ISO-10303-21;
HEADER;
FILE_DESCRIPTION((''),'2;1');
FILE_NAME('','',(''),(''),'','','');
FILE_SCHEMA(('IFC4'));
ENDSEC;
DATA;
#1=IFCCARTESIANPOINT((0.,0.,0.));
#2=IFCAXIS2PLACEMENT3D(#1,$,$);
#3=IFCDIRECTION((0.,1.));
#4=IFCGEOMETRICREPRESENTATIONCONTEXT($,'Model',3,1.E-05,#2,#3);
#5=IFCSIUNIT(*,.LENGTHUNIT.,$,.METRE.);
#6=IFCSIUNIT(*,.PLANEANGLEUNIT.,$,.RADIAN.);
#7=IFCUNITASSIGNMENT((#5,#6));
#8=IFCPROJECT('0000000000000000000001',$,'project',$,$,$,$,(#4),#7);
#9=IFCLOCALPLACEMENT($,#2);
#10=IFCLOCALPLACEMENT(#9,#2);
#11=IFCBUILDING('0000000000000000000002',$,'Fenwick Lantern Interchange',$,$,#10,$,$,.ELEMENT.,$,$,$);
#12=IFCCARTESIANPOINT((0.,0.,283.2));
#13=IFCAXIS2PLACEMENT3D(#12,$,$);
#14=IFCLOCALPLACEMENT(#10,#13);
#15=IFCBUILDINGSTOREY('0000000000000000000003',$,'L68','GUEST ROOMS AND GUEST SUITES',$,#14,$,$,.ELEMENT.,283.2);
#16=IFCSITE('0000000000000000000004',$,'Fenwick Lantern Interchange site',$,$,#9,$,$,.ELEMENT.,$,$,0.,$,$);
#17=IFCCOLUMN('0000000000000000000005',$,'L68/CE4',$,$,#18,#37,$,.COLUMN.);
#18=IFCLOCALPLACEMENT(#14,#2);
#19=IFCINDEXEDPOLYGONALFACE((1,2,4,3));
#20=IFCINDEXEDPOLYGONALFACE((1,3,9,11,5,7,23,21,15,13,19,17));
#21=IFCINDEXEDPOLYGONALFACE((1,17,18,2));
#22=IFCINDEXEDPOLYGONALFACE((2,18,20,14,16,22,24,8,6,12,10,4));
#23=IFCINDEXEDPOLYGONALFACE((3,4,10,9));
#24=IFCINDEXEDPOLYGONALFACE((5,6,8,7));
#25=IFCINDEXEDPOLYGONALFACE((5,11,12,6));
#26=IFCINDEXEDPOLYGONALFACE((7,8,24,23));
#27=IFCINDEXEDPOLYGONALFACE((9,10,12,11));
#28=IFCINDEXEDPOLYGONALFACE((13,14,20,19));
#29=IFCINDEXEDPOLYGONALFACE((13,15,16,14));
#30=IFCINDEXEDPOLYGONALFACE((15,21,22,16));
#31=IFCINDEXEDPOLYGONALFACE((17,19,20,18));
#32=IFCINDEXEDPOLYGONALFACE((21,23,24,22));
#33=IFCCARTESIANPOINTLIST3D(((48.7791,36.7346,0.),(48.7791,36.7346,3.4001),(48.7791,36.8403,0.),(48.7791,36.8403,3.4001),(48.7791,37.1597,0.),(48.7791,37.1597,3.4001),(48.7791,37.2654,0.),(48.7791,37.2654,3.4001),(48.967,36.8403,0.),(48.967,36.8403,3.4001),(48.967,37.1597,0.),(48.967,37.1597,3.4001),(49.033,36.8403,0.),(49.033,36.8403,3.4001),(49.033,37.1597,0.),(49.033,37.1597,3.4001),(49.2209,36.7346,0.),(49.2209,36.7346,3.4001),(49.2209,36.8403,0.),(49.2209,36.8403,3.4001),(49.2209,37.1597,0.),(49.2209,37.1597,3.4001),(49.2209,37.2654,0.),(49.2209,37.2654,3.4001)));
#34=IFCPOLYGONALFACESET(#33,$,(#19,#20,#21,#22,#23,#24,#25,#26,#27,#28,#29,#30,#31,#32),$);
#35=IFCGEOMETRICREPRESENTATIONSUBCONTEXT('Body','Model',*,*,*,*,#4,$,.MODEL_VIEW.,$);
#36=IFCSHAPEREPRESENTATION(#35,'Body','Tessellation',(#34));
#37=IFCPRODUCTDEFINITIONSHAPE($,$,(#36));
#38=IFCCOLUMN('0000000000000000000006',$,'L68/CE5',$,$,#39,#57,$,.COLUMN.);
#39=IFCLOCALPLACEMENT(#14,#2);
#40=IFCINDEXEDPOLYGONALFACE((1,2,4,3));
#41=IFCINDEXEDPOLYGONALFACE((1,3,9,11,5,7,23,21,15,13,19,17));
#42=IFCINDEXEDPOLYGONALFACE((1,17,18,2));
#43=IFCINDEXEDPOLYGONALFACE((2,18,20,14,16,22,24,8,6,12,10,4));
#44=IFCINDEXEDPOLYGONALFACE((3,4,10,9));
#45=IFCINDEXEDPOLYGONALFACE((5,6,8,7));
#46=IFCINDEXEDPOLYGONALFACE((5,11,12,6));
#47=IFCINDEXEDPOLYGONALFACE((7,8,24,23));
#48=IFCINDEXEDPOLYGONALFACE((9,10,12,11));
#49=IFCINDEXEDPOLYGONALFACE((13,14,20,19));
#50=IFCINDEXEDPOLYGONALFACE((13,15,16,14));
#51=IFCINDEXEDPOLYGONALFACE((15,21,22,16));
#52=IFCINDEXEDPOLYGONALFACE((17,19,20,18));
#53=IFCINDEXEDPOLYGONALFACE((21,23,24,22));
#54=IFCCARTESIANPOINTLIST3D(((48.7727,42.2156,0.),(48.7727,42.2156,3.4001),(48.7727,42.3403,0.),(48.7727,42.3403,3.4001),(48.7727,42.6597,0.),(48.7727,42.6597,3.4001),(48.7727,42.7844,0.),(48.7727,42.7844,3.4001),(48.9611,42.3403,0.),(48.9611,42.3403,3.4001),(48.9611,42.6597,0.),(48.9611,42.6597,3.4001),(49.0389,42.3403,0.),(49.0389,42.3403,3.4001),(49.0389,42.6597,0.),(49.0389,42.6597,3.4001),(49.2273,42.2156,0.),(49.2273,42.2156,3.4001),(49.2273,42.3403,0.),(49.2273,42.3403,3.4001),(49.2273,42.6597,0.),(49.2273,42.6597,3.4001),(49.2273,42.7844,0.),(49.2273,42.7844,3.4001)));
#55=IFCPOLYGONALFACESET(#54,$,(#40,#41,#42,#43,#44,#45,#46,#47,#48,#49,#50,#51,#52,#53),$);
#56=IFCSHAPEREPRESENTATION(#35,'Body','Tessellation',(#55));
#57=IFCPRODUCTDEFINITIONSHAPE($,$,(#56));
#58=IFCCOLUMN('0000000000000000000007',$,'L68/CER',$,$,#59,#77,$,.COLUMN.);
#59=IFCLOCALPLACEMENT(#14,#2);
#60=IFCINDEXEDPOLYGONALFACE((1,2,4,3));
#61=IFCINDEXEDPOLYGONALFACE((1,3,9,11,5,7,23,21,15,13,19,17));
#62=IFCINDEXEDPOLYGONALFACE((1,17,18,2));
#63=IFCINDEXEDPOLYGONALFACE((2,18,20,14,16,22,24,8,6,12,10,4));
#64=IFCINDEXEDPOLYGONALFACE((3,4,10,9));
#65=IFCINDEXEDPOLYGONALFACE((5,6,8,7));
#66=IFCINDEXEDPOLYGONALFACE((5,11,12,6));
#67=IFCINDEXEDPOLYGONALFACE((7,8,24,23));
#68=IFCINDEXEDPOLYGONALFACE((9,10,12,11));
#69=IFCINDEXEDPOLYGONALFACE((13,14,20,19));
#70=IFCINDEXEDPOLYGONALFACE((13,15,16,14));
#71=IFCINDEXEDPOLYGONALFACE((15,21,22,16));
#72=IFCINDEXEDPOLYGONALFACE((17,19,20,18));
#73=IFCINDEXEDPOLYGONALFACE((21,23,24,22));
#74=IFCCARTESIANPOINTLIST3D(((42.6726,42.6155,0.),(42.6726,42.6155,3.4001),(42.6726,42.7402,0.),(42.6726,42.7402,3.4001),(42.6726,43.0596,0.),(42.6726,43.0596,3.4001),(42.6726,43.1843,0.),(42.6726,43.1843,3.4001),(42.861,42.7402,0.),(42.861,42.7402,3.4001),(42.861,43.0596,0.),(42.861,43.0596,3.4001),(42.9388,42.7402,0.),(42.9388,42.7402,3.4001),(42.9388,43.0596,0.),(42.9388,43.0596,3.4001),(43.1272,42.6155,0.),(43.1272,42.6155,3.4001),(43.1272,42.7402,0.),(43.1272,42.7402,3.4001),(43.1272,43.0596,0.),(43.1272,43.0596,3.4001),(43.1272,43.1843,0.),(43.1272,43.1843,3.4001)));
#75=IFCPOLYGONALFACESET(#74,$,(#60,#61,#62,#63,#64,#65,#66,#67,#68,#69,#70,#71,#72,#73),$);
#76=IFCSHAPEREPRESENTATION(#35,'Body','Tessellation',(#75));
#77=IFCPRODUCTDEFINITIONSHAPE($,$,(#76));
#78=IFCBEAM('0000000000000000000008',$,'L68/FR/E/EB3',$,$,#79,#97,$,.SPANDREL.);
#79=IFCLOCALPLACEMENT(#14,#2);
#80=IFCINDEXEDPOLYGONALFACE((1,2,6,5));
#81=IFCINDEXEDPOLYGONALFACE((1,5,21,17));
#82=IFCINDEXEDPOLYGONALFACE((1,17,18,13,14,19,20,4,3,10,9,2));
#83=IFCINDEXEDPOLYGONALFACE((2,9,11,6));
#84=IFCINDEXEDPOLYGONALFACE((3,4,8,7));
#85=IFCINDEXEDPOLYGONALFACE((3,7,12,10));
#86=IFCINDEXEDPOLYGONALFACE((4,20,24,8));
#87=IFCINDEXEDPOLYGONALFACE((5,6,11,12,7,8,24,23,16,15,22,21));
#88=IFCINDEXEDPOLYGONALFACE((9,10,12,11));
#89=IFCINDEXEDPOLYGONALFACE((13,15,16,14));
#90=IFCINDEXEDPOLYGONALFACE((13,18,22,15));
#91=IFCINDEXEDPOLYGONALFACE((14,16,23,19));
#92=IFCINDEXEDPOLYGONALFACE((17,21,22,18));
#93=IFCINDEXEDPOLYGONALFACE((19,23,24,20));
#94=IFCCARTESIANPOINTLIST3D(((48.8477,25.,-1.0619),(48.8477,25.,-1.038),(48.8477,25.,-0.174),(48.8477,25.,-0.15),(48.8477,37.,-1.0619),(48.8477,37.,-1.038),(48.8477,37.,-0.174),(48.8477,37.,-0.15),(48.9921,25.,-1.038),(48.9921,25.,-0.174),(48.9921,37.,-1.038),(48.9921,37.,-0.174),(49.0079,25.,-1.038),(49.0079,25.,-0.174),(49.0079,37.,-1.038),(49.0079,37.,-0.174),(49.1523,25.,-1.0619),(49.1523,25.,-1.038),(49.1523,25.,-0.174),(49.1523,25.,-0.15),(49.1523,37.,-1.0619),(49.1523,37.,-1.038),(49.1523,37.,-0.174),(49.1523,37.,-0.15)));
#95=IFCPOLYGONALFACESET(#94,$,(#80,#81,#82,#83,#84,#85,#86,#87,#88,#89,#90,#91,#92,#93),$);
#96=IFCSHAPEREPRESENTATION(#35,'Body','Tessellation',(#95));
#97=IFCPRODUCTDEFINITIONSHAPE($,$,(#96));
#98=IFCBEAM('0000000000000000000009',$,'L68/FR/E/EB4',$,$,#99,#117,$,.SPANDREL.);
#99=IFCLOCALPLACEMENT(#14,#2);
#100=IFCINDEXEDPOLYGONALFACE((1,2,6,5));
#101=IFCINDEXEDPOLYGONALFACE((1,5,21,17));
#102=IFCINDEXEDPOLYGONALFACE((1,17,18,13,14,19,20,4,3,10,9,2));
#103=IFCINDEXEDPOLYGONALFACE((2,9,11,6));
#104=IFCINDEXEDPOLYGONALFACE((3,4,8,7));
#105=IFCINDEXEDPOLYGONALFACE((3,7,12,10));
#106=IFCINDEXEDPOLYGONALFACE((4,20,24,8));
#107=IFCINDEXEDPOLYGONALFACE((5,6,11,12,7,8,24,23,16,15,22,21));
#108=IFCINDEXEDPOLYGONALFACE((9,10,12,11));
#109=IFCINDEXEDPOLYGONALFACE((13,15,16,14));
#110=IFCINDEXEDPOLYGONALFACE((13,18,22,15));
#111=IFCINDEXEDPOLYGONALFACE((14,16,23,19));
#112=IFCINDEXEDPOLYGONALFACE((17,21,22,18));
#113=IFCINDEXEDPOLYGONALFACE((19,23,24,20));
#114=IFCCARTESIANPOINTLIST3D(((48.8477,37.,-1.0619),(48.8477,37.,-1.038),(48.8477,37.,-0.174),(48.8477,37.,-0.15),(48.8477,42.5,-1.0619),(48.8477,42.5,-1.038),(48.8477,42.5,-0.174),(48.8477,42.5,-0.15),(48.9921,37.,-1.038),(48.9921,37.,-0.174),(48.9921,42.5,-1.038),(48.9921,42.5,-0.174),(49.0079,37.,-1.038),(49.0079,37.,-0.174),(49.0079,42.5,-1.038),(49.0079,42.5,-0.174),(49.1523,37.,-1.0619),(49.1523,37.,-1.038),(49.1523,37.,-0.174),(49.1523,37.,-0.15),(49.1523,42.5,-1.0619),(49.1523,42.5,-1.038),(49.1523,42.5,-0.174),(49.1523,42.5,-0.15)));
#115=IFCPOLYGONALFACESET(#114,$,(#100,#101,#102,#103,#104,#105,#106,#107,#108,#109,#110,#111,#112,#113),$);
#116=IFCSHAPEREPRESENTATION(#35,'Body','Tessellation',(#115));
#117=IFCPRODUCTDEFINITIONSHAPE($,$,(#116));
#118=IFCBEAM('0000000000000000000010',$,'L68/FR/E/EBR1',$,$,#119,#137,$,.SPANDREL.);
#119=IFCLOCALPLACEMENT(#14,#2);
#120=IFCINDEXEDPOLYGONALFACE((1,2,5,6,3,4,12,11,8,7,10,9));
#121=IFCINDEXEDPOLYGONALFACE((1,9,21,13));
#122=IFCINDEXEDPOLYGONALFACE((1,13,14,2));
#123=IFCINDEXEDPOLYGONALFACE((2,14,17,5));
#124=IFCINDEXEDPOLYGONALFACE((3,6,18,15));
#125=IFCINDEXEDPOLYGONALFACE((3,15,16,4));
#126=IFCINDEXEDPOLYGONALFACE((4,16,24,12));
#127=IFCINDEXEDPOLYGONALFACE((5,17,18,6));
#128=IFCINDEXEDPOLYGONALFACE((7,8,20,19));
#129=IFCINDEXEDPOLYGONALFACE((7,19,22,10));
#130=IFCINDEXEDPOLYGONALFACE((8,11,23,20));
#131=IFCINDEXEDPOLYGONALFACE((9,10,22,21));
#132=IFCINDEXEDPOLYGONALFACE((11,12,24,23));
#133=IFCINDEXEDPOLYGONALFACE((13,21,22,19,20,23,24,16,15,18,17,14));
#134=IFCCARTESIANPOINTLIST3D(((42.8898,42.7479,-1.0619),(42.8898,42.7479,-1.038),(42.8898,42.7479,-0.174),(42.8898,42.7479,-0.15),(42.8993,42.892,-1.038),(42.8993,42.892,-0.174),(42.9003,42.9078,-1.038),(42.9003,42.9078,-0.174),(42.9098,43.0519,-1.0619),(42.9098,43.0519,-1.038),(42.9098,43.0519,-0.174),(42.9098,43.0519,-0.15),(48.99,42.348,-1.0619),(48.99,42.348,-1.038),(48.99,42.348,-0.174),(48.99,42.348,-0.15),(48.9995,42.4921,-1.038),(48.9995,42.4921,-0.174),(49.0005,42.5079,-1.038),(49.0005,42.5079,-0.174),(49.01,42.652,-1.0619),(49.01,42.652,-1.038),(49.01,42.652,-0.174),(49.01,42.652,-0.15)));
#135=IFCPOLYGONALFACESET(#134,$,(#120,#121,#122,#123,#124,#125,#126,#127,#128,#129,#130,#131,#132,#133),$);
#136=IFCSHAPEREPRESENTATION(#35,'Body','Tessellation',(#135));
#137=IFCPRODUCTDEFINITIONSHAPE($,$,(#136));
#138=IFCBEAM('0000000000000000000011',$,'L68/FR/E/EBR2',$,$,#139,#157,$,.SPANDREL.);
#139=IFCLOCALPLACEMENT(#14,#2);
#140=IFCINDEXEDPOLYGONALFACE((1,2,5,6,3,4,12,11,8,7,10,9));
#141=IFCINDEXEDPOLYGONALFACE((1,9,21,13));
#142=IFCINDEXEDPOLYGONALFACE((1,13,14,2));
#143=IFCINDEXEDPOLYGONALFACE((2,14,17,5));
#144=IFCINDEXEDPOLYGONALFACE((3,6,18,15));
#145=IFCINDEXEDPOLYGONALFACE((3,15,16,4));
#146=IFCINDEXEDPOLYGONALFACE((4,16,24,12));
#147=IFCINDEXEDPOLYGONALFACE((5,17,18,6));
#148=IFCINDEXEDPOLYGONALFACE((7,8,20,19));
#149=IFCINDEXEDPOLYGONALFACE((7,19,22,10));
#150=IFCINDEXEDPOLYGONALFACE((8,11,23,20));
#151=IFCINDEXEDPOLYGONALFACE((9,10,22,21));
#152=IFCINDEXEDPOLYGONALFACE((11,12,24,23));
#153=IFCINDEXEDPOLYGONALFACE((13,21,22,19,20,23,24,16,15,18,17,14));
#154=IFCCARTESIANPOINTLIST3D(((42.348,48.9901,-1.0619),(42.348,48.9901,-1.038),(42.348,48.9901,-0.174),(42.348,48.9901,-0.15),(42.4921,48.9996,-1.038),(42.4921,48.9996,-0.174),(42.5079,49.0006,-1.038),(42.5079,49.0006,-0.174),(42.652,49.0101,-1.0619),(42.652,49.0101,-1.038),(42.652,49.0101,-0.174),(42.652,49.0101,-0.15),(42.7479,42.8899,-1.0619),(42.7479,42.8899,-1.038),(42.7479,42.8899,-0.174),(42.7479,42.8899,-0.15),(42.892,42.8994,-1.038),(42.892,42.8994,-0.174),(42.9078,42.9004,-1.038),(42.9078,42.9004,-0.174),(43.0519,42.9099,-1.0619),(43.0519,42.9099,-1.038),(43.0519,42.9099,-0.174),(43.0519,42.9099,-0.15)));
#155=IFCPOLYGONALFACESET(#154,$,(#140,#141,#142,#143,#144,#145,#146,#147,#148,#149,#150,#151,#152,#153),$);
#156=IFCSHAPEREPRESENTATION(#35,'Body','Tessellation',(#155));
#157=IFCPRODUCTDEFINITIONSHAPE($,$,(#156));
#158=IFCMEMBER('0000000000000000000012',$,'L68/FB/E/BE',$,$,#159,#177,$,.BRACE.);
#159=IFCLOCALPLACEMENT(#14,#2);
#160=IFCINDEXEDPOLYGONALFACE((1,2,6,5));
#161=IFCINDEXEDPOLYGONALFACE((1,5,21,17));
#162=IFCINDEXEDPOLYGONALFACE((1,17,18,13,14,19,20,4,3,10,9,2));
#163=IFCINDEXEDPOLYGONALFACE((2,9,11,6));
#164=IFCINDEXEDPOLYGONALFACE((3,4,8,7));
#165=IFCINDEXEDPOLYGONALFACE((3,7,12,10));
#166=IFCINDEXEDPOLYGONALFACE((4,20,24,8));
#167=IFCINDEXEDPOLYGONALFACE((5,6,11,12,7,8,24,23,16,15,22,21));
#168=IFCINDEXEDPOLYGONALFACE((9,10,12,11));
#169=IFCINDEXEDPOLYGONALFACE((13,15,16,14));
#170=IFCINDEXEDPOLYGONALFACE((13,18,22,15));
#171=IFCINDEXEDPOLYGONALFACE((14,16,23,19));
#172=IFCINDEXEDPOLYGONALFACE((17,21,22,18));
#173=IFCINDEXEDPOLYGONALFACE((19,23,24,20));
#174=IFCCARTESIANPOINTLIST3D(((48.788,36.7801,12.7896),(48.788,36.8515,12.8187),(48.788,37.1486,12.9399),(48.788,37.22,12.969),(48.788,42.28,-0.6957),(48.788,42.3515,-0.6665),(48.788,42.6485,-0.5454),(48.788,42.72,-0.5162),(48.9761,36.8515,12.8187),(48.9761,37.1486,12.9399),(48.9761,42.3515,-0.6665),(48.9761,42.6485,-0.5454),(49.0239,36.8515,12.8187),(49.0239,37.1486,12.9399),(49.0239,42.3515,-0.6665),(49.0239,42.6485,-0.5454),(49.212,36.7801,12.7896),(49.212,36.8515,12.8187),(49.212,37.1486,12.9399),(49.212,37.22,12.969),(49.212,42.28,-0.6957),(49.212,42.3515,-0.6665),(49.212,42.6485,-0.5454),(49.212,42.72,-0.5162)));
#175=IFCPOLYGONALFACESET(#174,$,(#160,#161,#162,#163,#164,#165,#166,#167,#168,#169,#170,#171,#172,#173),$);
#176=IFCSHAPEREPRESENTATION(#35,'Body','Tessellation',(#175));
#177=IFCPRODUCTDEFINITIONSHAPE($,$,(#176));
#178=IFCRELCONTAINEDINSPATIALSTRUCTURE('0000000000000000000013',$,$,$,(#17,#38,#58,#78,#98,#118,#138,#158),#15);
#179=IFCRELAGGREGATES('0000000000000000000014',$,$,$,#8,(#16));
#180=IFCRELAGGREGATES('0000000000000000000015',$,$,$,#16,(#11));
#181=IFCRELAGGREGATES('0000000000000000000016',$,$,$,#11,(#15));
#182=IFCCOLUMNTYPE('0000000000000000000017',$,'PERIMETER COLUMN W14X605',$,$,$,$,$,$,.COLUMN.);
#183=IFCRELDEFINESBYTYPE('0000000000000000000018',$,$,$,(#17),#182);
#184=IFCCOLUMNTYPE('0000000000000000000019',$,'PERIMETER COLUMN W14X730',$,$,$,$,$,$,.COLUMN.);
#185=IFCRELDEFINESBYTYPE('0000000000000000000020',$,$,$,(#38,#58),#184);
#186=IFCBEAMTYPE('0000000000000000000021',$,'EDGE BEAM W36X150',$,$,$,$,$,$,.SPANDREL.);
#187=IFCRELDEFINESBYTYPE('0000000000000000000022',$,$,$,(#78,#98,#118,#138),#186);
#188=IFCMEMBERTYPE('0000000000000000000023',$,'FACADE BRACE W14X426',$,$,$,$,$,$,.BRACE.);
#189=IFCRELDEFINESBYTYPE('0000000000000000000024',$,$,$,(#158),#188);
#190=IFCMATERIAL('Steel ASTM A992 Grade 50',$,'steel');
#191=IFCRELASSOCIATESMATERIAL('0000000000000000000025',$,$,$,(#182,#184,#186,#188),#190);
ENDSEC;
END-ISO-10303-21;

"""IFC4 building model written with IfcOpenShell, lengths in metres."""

from ifc_helpers import new_model, si_unit, direction, frame, origin, origin_2d, place, context, subcontext, project, spatial, i_section, extrude, material, material_profile, profile_set, type_object, element, save


model = new_model("IFC4")

# Units and contexts
model_context = context("Model", 3, precision=1e-05, world=origin(), true_north=direction((0.0, 1.0)))
body_context = subcontext(model_context, "Body", "Model", "MODEL_VIEW")
ifc_project = project(units=[si_unit("LENGTHUNIT", "METRE"), si_unit("PLANEANGLEUNIT", "RADIAN")], contexts=[model_context])

# Site, building, storey
site_placement = place(None, origin())
site = spatial("IfcSite", under=ifc_project, at=site_placement, Name="Fenwick Lantern Interchange site", CompositionType="ELEMENT", RefElevation=0.0)
building_placement = place(site_placement, origin())
building = spatial("IfcBuilding", under=site, at=building_placement, Name="Fenwick Lantern Interchange", CompositionType="ELEMENT")
storey_placement = place(building_placement, frame((0.0, 0.0, 283.2)))
storey = spatial("IfcBuildingStorey", under=building, at=storey_placement, Name="L68", Description="GUEST ROOMS AND GUEST SUITES", CompositionType="ELEMENT", Elevation=283.2)

# Columns
ifc_material_1 = material(Name="Steel ASTM A992 Grade 50", Category="steel")
ifc_material_profile_1 = material_profile(ifc_material_1, i_section(OverallWidth=0.4419, OverallDepth=0.5308, WebThickness=0.0659, FlangeThickness=0.1057, at=origin_2d()), Name="W14X605")
ifc_profile_set_1 = profile_set([ifc_material_profile_1], Name="Steel ASTM A992 Grade 50")
column_type_1 = type_object("IfcColumnType", Name="PERIMETER COLUMN W14X605", PredefinedType="COLUMN", material=ifc_profile_set_1)
column_placement = place(storey_placement, frame((49.0, 37.0, 0.0), z_axis=(0.0, 0.0, 1.0), x_axis=(1.0, 0.0, 0.0)))
element("IfcColumn", 1, at=column_placement, inside=storey, type_object=column_type_1, Name="L68/CE4", PredefinedType="COLUMN", context=body_context, shape_type="SweptSolid", body=[
    extrude(i_section(OverallWidth=0.4419, OverallDepth=0.5308, WebThickness=0.0659, FlangeThickness=0.1057, at=origin_2d()), origin(), (0.0, 0.0, 1.0), 3.4001),
])
ifc_material_profile_2 = material_profile(ifc_material_1, i_section(OverallWidth=0.4546, OverallDepth=0.5688, WebThickness=0.0779, FlangeThickness=0.1248, at=origin_2d()), Name="W14X730")
ifc_profile_set_2 = profile_set([ifc_material_profile_2], Name="Steel ASTM A992 Grade 50")
column_type_2 = type_object("IfcColumnType", Name="PERIMETER COLUMN W14X730", PredefinedType="COLUMN", material=ifc_profile_set_2)
for number, where, z_axis, x_axis, name in (
    (2, (49.0, 42.5, 0.0), (0.0, 0.0, 1.0), (1.0, 0.0, 0.0), "L68/CE5"),
    (3, (42.8999, 42.8999, 0.0), (0.0, 0.0, 1.0), (1.0, 0.0, 0.0), "L68/CER"),
):
    element("IfcColumn", number, at=place(storey_placement, frame(where, z_axis=z_axis, x_axis=x_axis)), inside=storey, type_object=column_type_2, Name=name, PredefinedType="COLUMN", context=body_context, shape_type="SweptSolid", body=[
        extrude(i_section(OverallWidth=0.4546, OverallDepth=0.5688, WebThickness=0.0779, FlangeThickness=0.1248, at=origin_2d()), origin(), (0.0, 0.0, 1.0), 3.4001),
    ])

# Beams
ifc_material_profile_3 = material_profile(ifc_material_1, i_section(OverallWidth=0.3047, OverallDepth=0.9119, WebThickness=0.0159, FlangeThickness=0.0239, at=origin_2d()), Name="W36X150")
ifc_profile_set_3 = profile_set([ifc_material_profile_3], Name="Steel ASTM A992 Grade 50")
beam_type_1 = type_object("IfcBeamType", Name="EDGE BEAM W36X150", PredefinedType="SPANDREL", material=ifc_profile_set_3)
beam_1_placement = place(storey_placement, frame((49.0, 25.0, -0.606), z_axis=(0.0, 1.0, 0.0), x_axis=(-1.0, 0.0, 0.0)))
element("IfcBeam", 4, at=beam_1_placement, inside=storey, type_object=beam_type_1, Name="L68/FR/E/EB3", PredefinedType="SPANDREL", context=body_context, shape_type="SweptSolid", body=[
    extrude(i_section(OverallWidth=0.3047, OverallDepth=0.9119, WebThickness=0.0159, FlangeThickness=0.0239, at=origin_2d()), origin(), (0.0, 0.0, 1.0), 12.0),
])
beam_2_placement = place(storey_placement, frame((49.0, 37.0, -0.606), z_axis=(0.0, 1.0, 0.0), x_axis=(-1.0, 0.0, 0.0)))
element("IfcBeam", 5, at=beam_2_placement, inside=storey, type_object=beam_type_1, Name="L68/FR/E/EB4", PredefinedType="SPANDREL", context=body_context, shape_type="SweptSolid", body=[
    extrude(i_section(OverallWidth=0.3047, OverallDepth=0.9119, WebThickness=0.0159, FlangeThickness=0.0239, at=origin_2d()), origin(), (0.0, 0.0, 1.0), 5.5),
])
for number, where, z_axis, x_axis, name in (
    (6, (49.0, 42.5, -0.606), (-0.997858, 0.065416, 0.0), (-0.065416, -0.997858, 0.0), "L68/FR/E/EBR1"),
    (7, (42.8999, 42.8999, -0.606), (-0.065416, 0.997858, 0.0), (-0.997858, -0.065416, 0.0), "L68/FR/E/EBR2"),
):
    element("IfcBeam", number, at=place(storey_placement, frame(where, z_axis=z_axis, x_axis=x_axis)), inside=storey, type_object=beam_type_1, Name=name, PredefinedType="SPANDREL", context=body_context, shape_type="SweptSolid", body=[
        extrude(i_section(OverallWidth=0.3047, OverallDepth=0.9119, WebThickness=0.0159, FlangeThickness=0.0239, at=origin_2d()), origin(), (0.0, 0.0, 1.0), 6.1133),
    ])

# Member
ifc_material_profile_4 = material_profile(ifc_material_1, i_section(OverallWidth=0.4241, OverallDepth=0.4751, WebThickness=0.0479, FlangeThickness=0.0771, at=origin_2d()), Name="W14X426")
ifc_profile_set_4 = profile_set([ifc_material_profile_4], Name="Steel ASTM A992 Grade 50")
member_type_1 = type_object("IfcMemberType", Name="FACADE BRACE W14X426", PredefinedType="BRACE", material=ifc_profile_set_4)
member_1_placement = place(storey_placement, frame((49.0, 42.5, -0.606), z_axis=(0.0, -0.377648, 0.925949), x_axis=(1.0, 0.0, 0.0)))
element("IfcMember", 8, at=member_1_placement, inside=storey, type_object=member_type_1, Name="L68/FB/E/BE", PredefinedType="BRACE", context=body_context, shape_type="SweptSolid", body=[
    extrude(i_section(OverallWidth=0.4241, OverallDepth=0.4751, WebThickness=0.0479, FlangeThickness=0.0771, at=origin_2d()), origin(), (0.0, 0.0, 1.0), 14.5637),
])

save(model, "model.ifc")
